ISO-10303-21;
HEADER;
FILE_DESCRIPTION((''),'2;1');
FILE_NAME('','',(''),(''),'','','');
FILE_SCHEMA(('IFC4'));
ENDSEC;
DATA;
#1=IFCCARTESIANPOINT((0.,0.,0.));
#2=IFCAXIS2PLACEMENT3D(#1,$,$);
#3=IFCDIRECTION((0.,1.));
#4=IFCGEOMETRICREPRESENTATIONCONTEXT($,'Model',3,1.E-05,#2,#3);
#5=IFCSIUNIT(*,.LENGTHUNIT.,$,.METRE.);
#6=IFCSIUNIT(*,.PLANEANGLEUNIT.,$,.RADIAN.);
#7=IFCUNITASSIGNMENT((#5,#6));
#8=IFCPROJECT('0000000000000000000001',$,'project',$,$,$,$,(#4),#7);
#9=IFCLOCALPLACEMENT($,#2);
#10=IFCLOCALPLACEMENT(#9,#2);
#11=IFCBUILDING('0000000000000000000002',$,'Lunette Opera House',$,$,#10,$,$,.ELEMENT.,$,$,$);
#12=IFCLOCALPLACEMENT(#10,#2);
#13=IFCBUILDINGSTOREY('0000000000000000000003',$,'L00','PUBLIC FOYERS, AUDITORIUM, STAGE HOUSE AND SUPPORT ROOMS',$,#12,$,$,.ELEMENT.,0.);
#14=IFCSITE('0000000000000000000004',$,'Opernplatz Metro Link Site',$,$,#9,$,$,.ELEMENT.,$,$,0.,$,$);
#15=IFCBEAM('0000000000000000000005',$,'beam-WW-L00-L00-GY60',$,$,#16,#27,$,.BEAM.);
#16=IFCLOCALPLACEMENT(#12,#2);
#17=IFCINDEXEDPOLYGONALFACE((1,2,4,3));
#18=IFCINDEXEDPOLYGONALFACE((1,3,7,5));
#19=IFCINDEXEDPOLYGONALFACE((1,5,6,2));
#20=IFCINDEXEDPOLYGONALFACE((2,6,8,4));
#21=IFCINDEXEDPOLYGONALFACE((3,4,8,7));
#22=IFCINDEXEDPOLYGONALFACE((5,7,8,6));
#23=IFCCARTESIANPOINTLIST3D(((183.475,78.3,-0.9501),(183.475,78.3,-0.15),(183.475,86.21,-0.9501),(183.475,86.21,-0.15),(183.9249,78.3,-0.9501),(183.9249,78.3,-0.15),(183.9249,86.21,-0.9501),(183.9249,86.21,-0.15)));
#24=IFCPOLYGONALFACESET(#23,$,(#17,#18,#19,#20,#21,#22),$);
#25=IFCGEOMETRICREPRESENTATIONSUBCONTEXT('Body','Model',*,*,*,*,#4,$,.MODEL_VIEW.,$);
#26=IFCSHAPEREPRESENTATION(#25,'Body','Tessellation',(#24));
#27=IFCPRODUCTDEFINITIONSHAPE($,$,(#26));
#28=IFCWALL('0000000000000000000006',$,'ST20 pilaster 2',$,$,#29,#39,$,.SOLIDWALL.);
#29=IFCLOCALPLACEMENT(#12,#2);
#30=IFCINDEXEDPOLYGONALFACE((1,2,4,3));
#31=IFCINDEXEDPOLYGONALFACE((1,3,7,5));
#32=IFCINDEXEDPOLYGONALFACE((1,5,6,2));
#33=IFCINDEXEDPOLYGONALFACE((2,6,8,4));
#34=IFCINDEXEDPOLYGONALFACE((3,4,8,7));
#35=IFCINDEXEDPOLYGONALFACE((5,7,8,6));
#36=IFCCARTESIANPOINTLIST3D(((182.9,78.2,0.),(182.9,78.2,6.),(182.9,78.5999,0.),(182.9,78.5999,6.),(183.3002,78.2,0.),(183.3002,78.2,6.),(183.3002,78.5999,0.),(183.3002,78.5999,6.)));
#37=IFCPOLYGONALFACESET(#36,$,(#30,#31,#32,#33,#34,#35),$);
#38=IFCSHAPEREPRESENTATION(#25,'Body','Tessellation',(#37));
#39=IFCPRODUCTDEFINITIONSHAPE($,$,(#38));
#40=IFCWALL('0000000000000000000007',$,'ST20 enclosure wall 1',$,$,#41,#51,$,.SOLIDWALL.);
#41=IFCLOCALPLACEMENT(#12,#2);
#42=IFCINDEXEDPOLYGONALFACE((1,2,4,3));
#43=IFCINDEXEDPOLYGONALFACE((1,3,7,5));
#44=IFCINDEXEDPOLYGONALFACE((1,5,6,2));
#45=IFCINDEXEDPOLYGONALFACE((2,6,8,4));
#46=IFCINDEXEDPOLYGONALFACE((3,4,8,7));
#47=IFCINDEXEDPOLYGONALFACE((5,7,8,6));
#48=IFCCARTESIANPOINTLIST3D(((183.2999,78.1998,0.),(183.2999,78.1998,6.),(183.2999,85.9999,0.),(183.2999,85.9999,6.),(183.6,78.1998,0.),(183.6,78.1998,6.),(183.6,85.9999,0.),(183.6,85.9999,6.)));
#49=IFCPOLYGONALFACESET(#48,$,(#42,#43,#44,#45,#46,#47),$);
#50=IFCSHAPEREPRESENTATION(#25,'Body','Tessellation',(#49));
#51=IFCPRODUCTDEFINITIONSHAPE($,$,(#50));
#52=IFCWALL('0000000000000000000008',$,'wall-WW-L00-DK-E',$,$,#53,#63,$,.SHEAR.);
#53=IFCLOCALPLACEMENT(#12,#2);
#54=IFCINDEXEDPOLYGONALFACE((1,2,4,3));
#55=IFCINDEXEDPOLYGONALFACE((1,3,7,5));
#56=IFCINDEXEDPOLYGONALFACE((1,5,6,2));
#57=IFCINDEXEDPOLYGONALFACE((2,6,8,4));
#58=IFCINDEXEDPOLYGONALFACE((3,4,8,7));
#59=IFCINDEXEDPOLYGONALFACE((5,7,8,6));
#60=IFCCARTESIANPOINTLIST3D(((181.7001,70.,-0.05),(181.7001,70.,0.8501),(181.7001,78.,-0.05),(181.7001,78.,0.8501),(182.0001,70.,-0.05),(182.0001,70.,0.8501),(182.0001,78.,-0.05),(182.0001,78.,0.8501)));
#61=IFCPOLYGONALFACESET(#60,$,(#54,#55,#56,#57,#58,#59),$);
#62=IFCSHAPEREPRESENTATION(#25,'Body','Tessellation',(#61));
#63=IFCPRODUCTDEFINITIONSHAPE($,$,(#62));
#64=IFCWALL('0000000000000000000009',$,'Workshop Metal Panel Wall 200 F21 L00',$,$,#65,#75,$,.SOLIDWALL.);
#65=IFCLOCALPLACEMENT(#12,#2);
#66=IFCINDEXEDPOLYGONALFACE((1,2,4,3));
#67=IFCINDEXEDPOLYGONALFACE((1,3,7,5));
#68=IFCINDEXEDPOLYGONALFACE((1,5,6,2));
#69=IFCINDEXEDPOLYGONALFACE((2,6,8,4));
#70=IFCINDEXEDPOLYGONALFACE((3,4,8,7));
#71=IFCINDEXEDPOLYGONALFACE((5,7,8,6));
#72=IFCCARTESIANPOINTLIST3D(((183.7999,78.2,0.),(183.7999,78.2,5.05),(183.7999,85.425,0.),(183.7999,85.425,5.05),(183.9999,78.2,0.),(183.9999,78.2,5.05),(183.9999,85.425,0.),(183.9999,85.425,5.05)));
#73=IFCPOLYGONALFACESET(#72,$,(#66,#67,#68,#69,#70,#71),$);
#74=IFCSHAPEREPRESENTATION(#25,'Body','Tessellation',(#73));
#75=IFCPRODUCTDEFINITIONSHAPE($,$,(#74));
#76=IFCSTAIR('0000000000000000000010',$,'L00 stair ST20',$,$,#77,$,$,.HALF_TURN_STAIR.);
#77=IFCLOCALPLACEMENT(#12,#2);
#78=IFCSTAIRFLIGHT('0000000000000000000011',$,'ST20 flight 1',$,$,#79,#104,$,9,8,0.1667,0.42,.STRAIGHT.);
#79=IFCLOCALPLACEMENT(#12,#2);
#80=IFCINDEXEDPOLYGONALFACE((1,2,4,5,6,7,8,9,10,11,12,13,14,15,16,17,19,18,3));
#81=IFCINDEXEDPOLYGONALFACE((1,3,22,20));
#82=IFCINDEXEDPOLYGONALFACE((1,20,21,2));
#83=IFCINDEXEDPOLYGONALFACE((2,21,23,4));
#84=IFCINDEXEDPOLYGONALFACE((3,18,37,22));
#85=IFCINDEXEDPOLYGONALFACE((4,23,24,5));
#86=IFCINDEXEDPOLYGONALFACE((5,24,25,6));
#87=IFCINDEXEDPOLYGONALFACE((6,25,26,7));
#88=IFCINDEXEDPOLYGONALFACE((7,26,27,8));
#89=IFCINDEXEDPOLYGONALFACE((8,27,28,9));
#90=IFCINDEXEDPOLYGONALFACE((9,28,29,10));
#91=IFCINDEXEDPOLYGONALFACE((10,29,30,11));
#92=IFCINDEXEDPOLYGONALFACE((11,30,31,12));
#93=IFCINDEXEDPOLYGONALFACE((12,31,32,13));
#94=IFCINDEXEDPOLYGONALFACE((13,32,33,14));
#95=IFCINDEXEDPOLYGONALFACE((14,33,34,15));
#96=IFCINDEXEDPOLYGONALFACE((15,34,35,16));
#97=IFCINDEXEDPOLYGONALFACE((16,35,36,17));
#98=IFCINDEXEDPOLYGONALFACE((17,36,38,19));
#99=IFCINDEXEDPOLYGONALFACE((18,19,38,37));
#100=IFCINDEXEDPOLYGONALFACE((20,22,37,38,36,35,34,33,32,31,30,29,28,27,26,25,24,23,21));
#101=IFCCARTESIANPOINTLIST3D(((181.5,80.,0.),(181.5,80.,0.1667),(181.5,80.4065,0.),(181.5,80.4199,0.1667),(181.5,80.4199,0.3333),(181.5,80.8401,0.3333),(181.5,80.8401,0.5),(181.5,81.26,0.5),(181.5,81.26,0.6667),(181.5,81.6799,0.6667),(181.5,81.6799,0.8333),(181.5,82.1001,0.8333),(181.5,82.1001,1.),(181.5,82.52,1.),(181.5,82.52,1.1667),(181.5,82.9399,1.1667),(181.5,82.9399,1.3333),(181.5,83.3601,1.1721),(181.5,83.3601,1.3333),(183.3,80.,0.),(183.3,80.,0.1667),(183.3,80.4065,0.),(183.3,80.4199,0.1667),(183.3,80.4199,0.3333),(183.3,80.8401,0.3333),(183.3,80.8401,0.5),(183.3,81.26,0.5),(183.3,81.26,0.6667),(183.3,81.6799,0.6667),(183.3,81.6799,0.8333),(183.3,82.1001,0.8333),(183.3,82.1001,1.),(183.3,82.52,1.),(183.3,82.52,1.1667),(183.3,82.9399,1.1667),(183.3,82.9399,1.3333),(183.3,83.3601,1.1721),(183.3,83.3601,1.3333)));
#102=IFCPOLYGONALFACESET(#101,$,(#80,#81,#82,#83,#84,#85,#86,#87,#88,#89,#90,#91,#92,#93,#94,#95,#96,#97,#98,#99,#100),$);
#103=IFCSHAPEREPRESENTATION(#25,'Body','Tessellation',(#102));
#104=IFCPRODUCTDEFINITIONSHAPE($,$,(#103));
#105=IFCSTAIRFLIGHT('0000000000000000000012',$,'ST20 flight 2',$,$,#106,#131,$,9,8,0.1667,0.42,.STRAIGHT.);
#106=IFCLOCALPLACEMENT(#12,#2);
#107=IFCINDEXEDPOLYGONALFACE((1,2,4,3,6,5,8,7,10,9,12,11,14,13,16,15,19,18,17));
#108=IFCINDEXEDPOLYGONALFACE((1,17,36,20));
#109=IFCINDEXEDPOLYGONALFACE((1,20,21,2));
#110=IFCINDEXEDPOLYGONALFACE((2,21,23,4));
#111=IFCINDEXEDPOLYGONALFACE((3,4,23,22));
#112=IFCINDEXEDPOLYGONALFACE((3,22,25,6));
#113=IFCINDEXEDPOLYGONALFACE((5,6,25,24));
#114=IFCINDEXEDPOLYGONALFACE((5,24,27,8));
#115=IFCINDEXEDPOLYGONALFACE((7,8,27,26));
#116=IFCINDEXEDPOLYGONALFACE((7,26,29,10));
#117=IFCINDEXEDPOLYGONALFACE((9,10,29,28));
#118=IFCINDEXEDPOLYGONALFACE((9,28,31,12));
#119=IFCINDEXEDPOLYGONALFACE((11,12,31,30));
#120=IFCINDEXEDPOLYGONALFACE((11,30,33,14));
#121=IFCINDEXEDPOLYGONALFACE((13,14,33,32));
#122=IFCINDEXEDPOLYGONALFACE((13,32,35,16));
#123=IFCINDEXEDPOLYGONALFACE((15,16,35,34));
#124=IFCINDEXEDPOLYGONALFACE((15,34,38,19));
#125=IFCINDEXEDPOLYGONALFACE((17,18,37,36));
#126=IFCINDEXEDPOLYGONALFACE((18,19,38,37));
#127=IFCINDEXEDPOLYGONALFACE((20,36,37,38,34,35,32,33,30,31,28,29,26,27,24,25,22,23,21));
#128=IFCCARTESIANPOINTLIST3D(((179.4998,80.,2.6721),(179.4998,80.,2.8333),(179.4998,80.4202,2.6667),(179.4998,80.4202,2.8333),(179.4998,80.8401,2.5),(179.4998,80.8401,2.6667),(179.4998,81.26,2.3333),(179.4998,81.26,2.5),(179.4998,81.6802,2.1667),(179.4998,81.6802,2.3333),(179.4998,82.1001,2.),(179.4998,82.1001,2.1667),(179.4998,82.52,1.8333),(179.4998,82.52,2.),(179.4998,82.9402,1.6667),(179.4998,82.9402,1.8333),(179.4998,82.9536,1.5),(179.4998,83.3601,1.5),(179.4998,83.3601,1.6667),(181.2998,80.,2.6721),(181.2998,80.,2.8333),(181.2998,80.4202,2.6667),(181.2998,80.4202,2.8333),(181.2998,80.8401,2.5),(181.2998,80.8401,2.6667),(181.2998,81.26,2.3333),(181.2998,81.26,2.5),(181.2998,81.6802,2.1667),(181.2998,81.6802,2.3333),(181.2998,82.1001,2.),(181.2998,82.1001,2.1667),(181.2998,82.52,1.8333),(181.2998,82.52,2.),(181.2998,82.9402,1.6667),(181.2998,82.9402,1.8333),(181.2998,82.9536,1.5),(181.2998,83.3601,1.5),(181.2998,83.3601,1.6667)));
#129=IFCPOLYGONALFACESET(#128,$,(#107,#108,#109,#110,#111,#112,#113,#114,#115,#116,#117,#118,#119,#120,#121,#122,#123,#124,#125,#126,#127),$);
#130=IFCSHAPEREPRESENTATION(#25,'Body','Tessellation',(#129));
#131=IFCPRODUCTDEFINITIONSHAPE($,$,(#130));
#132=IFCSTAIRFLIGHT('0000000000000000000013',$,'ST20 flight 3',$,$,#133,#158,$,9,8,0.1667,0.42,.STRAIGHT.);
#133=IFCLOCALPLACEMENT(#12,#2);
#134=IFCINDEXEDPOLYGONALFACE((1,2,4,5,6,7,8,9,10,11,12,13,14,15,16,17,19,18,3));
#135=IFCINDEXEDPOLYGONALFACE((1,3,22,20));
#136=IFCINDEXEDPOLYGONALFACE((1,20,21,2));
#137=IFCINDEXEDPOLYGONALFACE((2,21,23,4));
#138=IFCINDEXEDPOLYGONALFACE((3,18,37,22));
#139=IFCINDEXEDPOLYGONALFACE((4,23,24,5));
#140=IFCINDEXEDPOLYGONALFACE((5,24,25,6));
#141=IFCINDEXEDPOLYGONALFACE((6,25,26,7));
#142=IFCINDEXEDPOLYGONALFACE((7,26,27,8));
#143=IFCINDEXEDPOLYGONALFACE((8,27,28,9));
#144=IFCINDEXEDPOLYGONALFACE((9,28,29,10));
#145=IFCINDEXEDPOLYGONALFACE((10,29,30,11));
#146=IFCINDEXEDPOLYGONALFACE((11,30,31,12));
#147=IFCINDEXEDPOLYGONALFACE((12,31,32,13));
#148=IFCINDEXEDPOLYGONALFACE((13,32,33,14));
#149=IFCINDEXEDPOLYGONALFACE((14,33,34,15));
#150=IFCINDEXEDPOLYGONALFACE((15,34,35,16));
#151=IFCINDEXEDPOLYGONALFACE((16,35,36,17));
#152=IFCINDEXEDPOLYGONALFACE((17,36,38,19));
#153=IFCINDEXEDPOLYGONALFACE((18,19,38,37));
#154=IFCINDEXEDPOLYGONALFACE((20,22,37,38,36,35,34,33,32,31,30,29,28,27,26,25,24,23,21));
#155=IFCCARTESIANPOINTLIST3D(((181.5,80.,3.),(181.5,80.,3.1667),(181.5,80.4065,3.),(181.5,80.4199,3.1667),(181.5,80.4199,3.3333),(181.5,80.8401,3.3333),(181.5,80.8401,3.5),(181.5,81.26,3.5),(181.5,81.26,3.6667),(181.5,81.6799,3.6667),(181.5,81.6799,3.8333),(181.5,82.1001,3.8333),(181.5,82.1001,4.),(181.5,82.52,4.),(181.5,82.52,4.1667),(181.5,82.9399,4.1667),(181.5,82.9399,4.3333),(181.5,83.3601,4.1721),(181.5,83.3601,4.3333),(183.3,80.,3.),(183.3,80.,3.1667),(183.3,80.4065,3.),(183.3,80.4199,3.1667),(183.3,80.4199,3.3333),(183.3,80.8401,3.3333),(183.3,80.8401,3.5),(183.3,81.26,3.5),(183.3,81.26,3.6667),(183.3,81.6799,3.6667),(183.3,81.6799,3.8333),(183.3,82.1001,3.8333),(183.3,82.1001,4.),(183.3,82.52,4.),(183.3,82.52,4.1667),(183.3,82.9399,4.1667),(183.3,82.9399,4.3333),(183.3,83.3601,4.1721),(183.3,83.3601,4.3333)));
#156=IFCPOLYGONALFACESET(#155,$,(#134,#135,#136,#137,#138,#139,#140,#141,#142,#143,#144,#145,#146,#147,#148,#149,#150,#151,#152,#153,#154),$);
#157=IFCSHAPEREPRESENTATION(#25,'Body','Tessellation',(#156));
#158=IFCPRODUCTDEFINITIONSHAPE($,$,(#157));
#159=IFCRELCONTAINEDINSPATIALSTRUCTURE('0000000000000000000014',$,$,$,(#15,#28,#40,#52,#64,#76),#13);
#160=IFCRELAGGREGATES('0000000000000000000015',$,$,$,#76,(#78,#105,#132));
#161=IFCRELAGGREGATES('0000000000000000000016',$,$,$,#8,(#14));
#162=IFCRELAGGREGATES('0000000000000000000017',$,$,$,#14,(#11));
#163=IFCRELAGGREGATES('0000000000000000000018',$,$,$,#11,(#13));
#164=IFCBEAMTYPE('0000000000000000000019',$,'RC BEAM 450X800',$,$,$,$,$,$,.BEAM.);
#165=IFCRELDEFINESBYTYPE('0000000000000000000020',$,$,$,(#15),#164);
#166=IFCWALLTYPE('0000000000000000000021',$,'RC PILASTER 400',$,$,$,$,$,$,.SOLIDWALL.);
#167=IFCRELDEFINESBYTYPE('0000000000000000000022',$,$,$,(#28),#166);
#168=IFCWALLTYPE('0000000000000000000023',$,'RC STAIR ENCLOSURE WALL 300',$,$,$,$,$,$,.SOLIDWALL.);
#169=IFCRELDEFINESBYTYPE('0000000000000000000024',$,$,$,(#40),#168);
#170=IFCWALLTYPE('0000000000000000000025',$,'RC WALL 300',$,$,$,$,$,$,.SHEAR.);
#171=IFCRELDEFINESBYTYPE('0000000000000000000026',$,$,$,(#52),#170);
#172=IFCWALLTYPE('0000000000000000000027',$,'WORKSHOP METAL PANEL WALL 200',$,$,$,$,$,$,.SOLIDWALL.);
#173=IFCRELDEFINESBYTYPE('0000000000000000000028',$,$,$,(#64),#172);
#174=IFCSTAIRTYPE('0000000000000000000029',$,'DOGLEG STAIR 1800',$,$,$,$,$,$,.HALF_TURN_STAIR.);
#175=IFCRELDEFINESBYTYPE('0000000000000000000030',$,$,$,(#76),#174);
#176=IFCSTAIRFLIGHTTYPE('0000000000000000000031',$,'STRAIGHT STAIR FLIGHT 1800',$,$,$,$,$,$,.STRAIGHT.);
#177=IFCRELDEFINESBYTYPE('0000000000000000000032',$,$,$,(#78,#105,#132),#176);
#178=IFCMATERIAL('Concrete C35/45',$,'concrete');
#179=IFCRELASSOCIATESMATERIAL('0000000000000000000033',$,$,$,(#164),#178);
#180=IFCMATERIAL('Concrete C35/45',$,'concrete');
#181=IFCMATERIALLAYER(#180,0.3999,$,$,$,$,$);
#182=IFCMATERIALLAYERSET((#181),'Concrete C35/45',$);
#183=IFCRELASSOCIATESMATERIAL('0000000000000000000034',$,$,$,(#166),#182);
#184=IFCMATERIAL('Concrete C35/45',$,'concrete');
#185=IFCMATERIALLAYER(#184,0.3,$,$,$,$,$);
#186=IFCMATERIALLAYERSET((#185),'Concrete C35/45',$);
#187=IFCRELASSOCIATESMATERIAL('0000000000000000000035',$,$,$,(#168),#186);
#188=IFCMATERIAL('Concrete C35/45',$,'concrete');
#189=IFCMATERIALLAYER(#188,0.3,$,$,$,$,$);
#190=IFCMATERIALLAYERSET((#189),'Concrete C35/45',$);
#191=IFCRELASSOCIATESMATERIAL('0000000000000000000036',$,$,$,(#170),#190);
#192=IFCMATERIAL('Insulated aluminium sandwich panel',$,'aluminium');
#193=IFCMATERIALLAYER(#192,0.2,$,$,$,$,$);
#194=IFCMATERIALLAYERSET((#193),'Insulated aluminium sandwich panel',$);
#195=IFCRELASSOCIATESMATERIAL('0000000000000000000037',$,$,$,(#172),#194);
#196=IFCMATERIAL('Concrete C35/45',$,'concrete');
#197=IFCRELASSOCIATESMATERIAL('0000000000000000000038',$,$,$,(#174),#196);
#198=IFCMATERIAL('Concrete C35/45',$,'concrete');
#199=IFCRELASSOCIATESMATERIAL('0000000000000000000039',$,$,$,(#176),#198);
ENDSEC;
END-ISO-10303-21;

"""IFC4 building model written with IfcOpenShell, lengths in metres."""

from ifc_helpers import new_model, si_unit, direction, frame, frame_2d, origin, origin_2d, place, context, subcontext, project, spatial, polyline, rectangle, outline, extrude, material, layer, layer_set, material_profile, profile_set, type_object, element, aggregate, save


model = new_model("IFC4")

# Units and contexts
model_context = context("Model", 3, precision=1e-05, world=origin(), true_north=direction((0.0, 1.0)))
body_context = subcontext(model_context, "Body", "Model", "MODEL_VIEW")
ifc_project = project(units=[si_unit("LENGTHUNIT", "METRE"), si_unit("PLANEANGLEUNIT", "RADIAN")], contexts=[model_context])

# Site, building, storey
site_placement = place(None, origin())
site = spatial("IfcSite", under=ifc_project, at=site_placement, Name="Opernplatz Metro Link Site", CompositionType="ELEMENT", RefElevation=0.0)
building_placement = place(site_placement, origin())
building = spatial("IfcBuilding", under=site, at=building_placement, Name="Lunette Opera House", CompositionType="ELEMENT")
storey_placement = place(building_placement, origin())
storey = spatial("IfcBuildingStorey", under=building, at=storey_placement, Name="L00", Description="PUBLIC FOYERS, AUDITORIUM, STAGE HOUSE AND SUPPORT ROOMS", CompositionType="ELEMENT", Elevation=0.0)

# Beam
ifc_material_1 = material(Name="Concrete C35/45", Category="concrete")
ifc_material_profile = material_profile(ifc_material_1, rectangle(XDim=0.45, YDim=0.8, at=origin_2d()), Name="RC BEAM 450X800")
ifc_profile_set = profile_set([ifc_material_profile], Name="Concrete C35/45")
beam_type = type_object("IfcBeamType", Name="RC BEAM 450X800", PredefinedType="BEAM", material=ifc_profile_set)
beam_placement = place(storey_placement, frame((183.7, 78.3, -0.55), z_axis=(0.0, 1.0, 0.0), x_axis=(-1.0, 0.0, 0.0)))
element("IfcBeam", 1, at=beam_placement, inside=storey, type_object=beam_type, Name="beam-WW-L00-L00-GY60", PredefinedType="BEAM", context=body_context, shape_type="SweptSolid", body=[
    extrude(rectangle(XDim=0.45, YDim=0.8, at=origin_2d()), origin(), (0.0, 0.0, 1.0), 7.9099),
])

# Walls
ifc_material_2 = material(Name="Concrete C35/45", Category="concrete")
ifc_layer_1 = layer(ifc_material_2, 0.3999)
ifc_layer_set_1 = layer_set([ifc_layer_1], Name="Concrete C35/45")
wall_type_1 = type_object("IfcWallType", Name="RC PILASTER 400", PredefinedType="SOLIDWALL", material=ifc_layer_set_1)
wall_1_placement = place(storey_placement, frame((182.8999, 78.3999, 0.0), z_axis=(0.0, 0.0, 1.0), x_axis=(1.0, 0.0, 0.0)))
element("IfcWall", 2, at=wall_1_placement, inside=storey, type_object=wall_type_1, Name="ST20 pilaster 2", PredefinedType="SOLIDWALL", context=body_context, shape_type="SweptSolid", body=[
    extrude(rectangle(XDim=0.4001, YDim=0.3999, at=frame_2d((0.2002, 0.0))), origin(), (0.0, 0.0, 1.0), 6.0),
])
ifc_material_3 = material(Name="Concrete C35/45", Category="concrete")
ifc_layer_2 = layer(ifc_material_3, 0.3)
ifc_layer_set_2 = layer_set([ifc_layer_2], Name="Concrete C35/45")
wall_type_2 = type_object("IfcWallType", Name="RC STAIR ENCLOSURE WALL 300", PredefinedType="SOLIDWALL", material=ifc_layer_set_2)
wall_2_placement = place(storey_placement, frame((183.45, 78.2, 0.0), z_axis=(0.0, 0.0, 1.0), x_axis=(0.0, 1.0, 0.0)))
element("IfcWall", 3, at=wall_2_placement, inside=storey, type_object=wall_type_2, Name="ST20 enclosure wall 1", PredefinedType="SOLIDWALL", context=body_context, shape_type="SweptSolid", body=[
    extrude(rectangle(XDim=7.8, YDim=0.3, at=frame_2d((3.8999, 0.0))), origin(), (0.0, 0.0, 1.0), 6.0),
])
ifc_material_4 = material(Name="Concrete C35/45", Category="concrete")
ifc_layer_3 = layer(ifc_material_4, 0.3)
ifc_layer_set_3 = layer_set([ifc_layer_3], Name="Concrete C35/45")
wall_type_3 = type_object("IfcWallType", Name="RC WALL 300", PredefinedType="SHEAR", material=ifc_layer_set_3)
wall_3_placement = place(storey_placement, frame((181.8501, 70.0, -0.05), z_axis=(0.0, 0.0, 1.0), x_axis=(0.0, 1.0, 0.0)))
element("IfcWall", 4, at=wall_3_placement, inside=storey, type_object=wall_type_3, Name="wall-WW-L00-DK-E", PredefinedType="SHEAR", context=body_context, shape_type="SweptSolid", body=[
    extrude(rectangle(XDim=8.0, YDim=0.3, at=frame_2d((4.0, 0.0))), origin(), (0.0, 0.0, 1.0), 0.9001),
])
ifc_material_5 = material(Name="Insulated aluminium sandwich panel", Category="aluminium")
ifc_layer_4 = layer(ifc_material_5, 0.2)
ifc_layer_set_4 = layer_set([ifc_layer_4], Name="Insulated aluminium sandwich panel")
wall_type_4 = type_object("IfcWallType", Name="WORKSHOP METAL PANEL WALL 200", PredefinedType="SOLIDWALL", material=ifc_layer_set_4)
wall_4_placement = place(storey_placement, frame((183.8999, 78.2, 0.0), z_axis=(0.0, 0.0, 1.0), x_axis=(0.0, 1.0, 0.0)))
element("IfcWall", 5, at=wall_4_placement, inside=storey, type_object=wall_type_4, Name="Workshop Metal Panel Wall 200 F21 L00", PredefinedType="SOLIDWALL", context=body_context, shape_type="SweptSolid", body=[
    extrude(rectangle(XDim=7.2251, YDim=0.2, at=frame_2d((3.6125, 0.0))), origin(), (0.0, 0.0, 1.0), 5.05),
])

# Stair, stair flights
ifc_material_6 = material(Name="Concrete C35/45", Category="concrete")
stair_type = type_object("IfcStairType", Name="DOGLEG STAIR 1800", PredefinedType="HALF_TURN_STAIR", material=ifc_material_6)
stair_placement = place(storey_placement, origin())
stair = element("IfcStair", 6, at=stair_placement, inside=storey, type_object=stair_type, Name="L00 stair ST20", PredefinedType="HALF_TURN_STAIR")
ifc_material_7 = material(Name="Concrete C35/45", Category="concrete")
stair_flight_type = type_object("IfcStairFlightType", Name="STRAIGHT STAIR FLIGHT 1800", PredefinedType="STRAIGHT", material=ifc_material_7)
stair_flight_1_placement = place(storey_placement, frame((182.3999, 80.0, 0.0), z_axis=(0.0, 0.0, 1.0), x_axis=(0.0, 1.0, 0.0)))
stair_flight_1 = element("IfcStairFlight", 7, at=stair_flight_1_placement, type_object=stair_flight_type, Name="ST20 flight 1", NumberOfRisers=9, NumberOfTreads=8, PredefinedType="STRAIGHT", RiserHeight=0.1667, TreadLength=0.42, context=body_context, shape_type="SweptSolid", body=[
    extrude(outline(polyline([(0.0, 0.0), (0.0, 0.1667), (0.4199, 0.1667), (0.4199, 0.3333), (0.8401, 0.3333), (0.8401, 0.5), (1.26, 0.5), (1.26, 0.6667), (1.6799, 0.6667), (1.6799, 0.8333), (2.1001, 0.8333), (2.1001, 1.0), (2.52, 1.0), (2.52, 1.1667), (2.9399, 1.1667), (2.9399, 1.3333), (3.3601, 1.3333), (3.3601, 1.5), (3.3601, 1.1721), (0.4065, 0.0), (0.0, 0.0)])), frame((0.0, 0.8999, 0.0), z_axis=(0.0, -1.0, 0.0), x_axis=(1.0, 0.0, 0.0)), (0.0, 0.0, 1.0), 1.8),
])
stair_flight_2_placement = place(storey_placement, frame((180.3999, 83.3601, 1.5), z_axis=(0.0, 0.0, 1.0), x_axis=(0.0, -1.0, 0.0)))
stair_flight_2 = element("IfcStairFlight", 8, at=stair_flight_2_placement, type_object=stair_flight_type, Name="ST20 flight 2", NumberOfRisers=9, NumberOfTreads=8, PredefinedType="STRAIGHT", RiserHeight=0.1667, TreadLength=0.42, context=body_context, shape_type="SweptSolid", body=[
    extrude(outline(polyline([(0.0, 0.0), (0.0, 0.1667), (0.4199, 0.1667), (0.4199, 0.3333), (0.8401, 0.3333), (0.8401, 0.5), (1.26, 0.5), (1.26, 0.6667), (1.6799, 0.6667), (1.6799, 0.8333), (2.1001, 0.8333), (2.1001, 1.0), (2.52, 1.0), (2.52, 1.1667), (2.9399, 1.1667), (2.9399, 1.3333), (3.3601, 1.3333), (3.3601, 1.5), (3.3601, 1.1721), (0.4065, 0.0), (0.0, 0.0)])), frame((0.0, 0.8999, 0.0), z_axis=(0.0, -1.0, 0.0), x_axis=(1.0, 0.0, 0.0)), (0.0, 0.0, 1.0), 1.8),
])
stair_flight_3_placement = place(storey_placement, frame((182.3999, 80.0, 3.0), z_axis=(0.0, 0.0, 1.0), x_axis=(0.0, 1.0, 0.0)))
stair_flight_3 = element("IfcStairFlight", 9, at=stair_flight_3_placement, type_object=stair_flight_type, Name="ST20 flight 3", NumberOfRisers=9, NumberOfTreads=8, PredefinedType="STRAIGHT", RiserHeight=0.1667, TreadLength=0.42, context=body_context, shape_type="SweptSolid", body=[
    extrude(outline(polyline([(0.0, 0.0), (0.0, 0.1667), (0.4199, 0.1667), (0.4199, 0.3333), (0.8401, 0.3333), (0.8401, 0.5), (1.26, 0.5), (1.26, 0.6667), (1.6799, 0.6667), (1.6799, 0.8333), (2.1001, 0.8333), (2.1001, 1.0), (2.52, 1.0), (2.52, 1.1667), (2.9399, 1.1667), (2.9399, 1.3333), (3.3601, 1.3333), (3.3601, 1.5), (3.3601, 1.1721), (0.4065, 0.0), (0.0, 0.0)])), frame((0.0, 0.8999, 0.0), z_axis=(0.0, -1.0, 0.0), x_axis=(1.0, 0.0, 0.0)), (0.0, 0.0, 1.0), 1.8),
])
aggregate(stair, [stair_flight_1, stair_flight_2, stair_flight_3])

save(model, "model.ifc")
